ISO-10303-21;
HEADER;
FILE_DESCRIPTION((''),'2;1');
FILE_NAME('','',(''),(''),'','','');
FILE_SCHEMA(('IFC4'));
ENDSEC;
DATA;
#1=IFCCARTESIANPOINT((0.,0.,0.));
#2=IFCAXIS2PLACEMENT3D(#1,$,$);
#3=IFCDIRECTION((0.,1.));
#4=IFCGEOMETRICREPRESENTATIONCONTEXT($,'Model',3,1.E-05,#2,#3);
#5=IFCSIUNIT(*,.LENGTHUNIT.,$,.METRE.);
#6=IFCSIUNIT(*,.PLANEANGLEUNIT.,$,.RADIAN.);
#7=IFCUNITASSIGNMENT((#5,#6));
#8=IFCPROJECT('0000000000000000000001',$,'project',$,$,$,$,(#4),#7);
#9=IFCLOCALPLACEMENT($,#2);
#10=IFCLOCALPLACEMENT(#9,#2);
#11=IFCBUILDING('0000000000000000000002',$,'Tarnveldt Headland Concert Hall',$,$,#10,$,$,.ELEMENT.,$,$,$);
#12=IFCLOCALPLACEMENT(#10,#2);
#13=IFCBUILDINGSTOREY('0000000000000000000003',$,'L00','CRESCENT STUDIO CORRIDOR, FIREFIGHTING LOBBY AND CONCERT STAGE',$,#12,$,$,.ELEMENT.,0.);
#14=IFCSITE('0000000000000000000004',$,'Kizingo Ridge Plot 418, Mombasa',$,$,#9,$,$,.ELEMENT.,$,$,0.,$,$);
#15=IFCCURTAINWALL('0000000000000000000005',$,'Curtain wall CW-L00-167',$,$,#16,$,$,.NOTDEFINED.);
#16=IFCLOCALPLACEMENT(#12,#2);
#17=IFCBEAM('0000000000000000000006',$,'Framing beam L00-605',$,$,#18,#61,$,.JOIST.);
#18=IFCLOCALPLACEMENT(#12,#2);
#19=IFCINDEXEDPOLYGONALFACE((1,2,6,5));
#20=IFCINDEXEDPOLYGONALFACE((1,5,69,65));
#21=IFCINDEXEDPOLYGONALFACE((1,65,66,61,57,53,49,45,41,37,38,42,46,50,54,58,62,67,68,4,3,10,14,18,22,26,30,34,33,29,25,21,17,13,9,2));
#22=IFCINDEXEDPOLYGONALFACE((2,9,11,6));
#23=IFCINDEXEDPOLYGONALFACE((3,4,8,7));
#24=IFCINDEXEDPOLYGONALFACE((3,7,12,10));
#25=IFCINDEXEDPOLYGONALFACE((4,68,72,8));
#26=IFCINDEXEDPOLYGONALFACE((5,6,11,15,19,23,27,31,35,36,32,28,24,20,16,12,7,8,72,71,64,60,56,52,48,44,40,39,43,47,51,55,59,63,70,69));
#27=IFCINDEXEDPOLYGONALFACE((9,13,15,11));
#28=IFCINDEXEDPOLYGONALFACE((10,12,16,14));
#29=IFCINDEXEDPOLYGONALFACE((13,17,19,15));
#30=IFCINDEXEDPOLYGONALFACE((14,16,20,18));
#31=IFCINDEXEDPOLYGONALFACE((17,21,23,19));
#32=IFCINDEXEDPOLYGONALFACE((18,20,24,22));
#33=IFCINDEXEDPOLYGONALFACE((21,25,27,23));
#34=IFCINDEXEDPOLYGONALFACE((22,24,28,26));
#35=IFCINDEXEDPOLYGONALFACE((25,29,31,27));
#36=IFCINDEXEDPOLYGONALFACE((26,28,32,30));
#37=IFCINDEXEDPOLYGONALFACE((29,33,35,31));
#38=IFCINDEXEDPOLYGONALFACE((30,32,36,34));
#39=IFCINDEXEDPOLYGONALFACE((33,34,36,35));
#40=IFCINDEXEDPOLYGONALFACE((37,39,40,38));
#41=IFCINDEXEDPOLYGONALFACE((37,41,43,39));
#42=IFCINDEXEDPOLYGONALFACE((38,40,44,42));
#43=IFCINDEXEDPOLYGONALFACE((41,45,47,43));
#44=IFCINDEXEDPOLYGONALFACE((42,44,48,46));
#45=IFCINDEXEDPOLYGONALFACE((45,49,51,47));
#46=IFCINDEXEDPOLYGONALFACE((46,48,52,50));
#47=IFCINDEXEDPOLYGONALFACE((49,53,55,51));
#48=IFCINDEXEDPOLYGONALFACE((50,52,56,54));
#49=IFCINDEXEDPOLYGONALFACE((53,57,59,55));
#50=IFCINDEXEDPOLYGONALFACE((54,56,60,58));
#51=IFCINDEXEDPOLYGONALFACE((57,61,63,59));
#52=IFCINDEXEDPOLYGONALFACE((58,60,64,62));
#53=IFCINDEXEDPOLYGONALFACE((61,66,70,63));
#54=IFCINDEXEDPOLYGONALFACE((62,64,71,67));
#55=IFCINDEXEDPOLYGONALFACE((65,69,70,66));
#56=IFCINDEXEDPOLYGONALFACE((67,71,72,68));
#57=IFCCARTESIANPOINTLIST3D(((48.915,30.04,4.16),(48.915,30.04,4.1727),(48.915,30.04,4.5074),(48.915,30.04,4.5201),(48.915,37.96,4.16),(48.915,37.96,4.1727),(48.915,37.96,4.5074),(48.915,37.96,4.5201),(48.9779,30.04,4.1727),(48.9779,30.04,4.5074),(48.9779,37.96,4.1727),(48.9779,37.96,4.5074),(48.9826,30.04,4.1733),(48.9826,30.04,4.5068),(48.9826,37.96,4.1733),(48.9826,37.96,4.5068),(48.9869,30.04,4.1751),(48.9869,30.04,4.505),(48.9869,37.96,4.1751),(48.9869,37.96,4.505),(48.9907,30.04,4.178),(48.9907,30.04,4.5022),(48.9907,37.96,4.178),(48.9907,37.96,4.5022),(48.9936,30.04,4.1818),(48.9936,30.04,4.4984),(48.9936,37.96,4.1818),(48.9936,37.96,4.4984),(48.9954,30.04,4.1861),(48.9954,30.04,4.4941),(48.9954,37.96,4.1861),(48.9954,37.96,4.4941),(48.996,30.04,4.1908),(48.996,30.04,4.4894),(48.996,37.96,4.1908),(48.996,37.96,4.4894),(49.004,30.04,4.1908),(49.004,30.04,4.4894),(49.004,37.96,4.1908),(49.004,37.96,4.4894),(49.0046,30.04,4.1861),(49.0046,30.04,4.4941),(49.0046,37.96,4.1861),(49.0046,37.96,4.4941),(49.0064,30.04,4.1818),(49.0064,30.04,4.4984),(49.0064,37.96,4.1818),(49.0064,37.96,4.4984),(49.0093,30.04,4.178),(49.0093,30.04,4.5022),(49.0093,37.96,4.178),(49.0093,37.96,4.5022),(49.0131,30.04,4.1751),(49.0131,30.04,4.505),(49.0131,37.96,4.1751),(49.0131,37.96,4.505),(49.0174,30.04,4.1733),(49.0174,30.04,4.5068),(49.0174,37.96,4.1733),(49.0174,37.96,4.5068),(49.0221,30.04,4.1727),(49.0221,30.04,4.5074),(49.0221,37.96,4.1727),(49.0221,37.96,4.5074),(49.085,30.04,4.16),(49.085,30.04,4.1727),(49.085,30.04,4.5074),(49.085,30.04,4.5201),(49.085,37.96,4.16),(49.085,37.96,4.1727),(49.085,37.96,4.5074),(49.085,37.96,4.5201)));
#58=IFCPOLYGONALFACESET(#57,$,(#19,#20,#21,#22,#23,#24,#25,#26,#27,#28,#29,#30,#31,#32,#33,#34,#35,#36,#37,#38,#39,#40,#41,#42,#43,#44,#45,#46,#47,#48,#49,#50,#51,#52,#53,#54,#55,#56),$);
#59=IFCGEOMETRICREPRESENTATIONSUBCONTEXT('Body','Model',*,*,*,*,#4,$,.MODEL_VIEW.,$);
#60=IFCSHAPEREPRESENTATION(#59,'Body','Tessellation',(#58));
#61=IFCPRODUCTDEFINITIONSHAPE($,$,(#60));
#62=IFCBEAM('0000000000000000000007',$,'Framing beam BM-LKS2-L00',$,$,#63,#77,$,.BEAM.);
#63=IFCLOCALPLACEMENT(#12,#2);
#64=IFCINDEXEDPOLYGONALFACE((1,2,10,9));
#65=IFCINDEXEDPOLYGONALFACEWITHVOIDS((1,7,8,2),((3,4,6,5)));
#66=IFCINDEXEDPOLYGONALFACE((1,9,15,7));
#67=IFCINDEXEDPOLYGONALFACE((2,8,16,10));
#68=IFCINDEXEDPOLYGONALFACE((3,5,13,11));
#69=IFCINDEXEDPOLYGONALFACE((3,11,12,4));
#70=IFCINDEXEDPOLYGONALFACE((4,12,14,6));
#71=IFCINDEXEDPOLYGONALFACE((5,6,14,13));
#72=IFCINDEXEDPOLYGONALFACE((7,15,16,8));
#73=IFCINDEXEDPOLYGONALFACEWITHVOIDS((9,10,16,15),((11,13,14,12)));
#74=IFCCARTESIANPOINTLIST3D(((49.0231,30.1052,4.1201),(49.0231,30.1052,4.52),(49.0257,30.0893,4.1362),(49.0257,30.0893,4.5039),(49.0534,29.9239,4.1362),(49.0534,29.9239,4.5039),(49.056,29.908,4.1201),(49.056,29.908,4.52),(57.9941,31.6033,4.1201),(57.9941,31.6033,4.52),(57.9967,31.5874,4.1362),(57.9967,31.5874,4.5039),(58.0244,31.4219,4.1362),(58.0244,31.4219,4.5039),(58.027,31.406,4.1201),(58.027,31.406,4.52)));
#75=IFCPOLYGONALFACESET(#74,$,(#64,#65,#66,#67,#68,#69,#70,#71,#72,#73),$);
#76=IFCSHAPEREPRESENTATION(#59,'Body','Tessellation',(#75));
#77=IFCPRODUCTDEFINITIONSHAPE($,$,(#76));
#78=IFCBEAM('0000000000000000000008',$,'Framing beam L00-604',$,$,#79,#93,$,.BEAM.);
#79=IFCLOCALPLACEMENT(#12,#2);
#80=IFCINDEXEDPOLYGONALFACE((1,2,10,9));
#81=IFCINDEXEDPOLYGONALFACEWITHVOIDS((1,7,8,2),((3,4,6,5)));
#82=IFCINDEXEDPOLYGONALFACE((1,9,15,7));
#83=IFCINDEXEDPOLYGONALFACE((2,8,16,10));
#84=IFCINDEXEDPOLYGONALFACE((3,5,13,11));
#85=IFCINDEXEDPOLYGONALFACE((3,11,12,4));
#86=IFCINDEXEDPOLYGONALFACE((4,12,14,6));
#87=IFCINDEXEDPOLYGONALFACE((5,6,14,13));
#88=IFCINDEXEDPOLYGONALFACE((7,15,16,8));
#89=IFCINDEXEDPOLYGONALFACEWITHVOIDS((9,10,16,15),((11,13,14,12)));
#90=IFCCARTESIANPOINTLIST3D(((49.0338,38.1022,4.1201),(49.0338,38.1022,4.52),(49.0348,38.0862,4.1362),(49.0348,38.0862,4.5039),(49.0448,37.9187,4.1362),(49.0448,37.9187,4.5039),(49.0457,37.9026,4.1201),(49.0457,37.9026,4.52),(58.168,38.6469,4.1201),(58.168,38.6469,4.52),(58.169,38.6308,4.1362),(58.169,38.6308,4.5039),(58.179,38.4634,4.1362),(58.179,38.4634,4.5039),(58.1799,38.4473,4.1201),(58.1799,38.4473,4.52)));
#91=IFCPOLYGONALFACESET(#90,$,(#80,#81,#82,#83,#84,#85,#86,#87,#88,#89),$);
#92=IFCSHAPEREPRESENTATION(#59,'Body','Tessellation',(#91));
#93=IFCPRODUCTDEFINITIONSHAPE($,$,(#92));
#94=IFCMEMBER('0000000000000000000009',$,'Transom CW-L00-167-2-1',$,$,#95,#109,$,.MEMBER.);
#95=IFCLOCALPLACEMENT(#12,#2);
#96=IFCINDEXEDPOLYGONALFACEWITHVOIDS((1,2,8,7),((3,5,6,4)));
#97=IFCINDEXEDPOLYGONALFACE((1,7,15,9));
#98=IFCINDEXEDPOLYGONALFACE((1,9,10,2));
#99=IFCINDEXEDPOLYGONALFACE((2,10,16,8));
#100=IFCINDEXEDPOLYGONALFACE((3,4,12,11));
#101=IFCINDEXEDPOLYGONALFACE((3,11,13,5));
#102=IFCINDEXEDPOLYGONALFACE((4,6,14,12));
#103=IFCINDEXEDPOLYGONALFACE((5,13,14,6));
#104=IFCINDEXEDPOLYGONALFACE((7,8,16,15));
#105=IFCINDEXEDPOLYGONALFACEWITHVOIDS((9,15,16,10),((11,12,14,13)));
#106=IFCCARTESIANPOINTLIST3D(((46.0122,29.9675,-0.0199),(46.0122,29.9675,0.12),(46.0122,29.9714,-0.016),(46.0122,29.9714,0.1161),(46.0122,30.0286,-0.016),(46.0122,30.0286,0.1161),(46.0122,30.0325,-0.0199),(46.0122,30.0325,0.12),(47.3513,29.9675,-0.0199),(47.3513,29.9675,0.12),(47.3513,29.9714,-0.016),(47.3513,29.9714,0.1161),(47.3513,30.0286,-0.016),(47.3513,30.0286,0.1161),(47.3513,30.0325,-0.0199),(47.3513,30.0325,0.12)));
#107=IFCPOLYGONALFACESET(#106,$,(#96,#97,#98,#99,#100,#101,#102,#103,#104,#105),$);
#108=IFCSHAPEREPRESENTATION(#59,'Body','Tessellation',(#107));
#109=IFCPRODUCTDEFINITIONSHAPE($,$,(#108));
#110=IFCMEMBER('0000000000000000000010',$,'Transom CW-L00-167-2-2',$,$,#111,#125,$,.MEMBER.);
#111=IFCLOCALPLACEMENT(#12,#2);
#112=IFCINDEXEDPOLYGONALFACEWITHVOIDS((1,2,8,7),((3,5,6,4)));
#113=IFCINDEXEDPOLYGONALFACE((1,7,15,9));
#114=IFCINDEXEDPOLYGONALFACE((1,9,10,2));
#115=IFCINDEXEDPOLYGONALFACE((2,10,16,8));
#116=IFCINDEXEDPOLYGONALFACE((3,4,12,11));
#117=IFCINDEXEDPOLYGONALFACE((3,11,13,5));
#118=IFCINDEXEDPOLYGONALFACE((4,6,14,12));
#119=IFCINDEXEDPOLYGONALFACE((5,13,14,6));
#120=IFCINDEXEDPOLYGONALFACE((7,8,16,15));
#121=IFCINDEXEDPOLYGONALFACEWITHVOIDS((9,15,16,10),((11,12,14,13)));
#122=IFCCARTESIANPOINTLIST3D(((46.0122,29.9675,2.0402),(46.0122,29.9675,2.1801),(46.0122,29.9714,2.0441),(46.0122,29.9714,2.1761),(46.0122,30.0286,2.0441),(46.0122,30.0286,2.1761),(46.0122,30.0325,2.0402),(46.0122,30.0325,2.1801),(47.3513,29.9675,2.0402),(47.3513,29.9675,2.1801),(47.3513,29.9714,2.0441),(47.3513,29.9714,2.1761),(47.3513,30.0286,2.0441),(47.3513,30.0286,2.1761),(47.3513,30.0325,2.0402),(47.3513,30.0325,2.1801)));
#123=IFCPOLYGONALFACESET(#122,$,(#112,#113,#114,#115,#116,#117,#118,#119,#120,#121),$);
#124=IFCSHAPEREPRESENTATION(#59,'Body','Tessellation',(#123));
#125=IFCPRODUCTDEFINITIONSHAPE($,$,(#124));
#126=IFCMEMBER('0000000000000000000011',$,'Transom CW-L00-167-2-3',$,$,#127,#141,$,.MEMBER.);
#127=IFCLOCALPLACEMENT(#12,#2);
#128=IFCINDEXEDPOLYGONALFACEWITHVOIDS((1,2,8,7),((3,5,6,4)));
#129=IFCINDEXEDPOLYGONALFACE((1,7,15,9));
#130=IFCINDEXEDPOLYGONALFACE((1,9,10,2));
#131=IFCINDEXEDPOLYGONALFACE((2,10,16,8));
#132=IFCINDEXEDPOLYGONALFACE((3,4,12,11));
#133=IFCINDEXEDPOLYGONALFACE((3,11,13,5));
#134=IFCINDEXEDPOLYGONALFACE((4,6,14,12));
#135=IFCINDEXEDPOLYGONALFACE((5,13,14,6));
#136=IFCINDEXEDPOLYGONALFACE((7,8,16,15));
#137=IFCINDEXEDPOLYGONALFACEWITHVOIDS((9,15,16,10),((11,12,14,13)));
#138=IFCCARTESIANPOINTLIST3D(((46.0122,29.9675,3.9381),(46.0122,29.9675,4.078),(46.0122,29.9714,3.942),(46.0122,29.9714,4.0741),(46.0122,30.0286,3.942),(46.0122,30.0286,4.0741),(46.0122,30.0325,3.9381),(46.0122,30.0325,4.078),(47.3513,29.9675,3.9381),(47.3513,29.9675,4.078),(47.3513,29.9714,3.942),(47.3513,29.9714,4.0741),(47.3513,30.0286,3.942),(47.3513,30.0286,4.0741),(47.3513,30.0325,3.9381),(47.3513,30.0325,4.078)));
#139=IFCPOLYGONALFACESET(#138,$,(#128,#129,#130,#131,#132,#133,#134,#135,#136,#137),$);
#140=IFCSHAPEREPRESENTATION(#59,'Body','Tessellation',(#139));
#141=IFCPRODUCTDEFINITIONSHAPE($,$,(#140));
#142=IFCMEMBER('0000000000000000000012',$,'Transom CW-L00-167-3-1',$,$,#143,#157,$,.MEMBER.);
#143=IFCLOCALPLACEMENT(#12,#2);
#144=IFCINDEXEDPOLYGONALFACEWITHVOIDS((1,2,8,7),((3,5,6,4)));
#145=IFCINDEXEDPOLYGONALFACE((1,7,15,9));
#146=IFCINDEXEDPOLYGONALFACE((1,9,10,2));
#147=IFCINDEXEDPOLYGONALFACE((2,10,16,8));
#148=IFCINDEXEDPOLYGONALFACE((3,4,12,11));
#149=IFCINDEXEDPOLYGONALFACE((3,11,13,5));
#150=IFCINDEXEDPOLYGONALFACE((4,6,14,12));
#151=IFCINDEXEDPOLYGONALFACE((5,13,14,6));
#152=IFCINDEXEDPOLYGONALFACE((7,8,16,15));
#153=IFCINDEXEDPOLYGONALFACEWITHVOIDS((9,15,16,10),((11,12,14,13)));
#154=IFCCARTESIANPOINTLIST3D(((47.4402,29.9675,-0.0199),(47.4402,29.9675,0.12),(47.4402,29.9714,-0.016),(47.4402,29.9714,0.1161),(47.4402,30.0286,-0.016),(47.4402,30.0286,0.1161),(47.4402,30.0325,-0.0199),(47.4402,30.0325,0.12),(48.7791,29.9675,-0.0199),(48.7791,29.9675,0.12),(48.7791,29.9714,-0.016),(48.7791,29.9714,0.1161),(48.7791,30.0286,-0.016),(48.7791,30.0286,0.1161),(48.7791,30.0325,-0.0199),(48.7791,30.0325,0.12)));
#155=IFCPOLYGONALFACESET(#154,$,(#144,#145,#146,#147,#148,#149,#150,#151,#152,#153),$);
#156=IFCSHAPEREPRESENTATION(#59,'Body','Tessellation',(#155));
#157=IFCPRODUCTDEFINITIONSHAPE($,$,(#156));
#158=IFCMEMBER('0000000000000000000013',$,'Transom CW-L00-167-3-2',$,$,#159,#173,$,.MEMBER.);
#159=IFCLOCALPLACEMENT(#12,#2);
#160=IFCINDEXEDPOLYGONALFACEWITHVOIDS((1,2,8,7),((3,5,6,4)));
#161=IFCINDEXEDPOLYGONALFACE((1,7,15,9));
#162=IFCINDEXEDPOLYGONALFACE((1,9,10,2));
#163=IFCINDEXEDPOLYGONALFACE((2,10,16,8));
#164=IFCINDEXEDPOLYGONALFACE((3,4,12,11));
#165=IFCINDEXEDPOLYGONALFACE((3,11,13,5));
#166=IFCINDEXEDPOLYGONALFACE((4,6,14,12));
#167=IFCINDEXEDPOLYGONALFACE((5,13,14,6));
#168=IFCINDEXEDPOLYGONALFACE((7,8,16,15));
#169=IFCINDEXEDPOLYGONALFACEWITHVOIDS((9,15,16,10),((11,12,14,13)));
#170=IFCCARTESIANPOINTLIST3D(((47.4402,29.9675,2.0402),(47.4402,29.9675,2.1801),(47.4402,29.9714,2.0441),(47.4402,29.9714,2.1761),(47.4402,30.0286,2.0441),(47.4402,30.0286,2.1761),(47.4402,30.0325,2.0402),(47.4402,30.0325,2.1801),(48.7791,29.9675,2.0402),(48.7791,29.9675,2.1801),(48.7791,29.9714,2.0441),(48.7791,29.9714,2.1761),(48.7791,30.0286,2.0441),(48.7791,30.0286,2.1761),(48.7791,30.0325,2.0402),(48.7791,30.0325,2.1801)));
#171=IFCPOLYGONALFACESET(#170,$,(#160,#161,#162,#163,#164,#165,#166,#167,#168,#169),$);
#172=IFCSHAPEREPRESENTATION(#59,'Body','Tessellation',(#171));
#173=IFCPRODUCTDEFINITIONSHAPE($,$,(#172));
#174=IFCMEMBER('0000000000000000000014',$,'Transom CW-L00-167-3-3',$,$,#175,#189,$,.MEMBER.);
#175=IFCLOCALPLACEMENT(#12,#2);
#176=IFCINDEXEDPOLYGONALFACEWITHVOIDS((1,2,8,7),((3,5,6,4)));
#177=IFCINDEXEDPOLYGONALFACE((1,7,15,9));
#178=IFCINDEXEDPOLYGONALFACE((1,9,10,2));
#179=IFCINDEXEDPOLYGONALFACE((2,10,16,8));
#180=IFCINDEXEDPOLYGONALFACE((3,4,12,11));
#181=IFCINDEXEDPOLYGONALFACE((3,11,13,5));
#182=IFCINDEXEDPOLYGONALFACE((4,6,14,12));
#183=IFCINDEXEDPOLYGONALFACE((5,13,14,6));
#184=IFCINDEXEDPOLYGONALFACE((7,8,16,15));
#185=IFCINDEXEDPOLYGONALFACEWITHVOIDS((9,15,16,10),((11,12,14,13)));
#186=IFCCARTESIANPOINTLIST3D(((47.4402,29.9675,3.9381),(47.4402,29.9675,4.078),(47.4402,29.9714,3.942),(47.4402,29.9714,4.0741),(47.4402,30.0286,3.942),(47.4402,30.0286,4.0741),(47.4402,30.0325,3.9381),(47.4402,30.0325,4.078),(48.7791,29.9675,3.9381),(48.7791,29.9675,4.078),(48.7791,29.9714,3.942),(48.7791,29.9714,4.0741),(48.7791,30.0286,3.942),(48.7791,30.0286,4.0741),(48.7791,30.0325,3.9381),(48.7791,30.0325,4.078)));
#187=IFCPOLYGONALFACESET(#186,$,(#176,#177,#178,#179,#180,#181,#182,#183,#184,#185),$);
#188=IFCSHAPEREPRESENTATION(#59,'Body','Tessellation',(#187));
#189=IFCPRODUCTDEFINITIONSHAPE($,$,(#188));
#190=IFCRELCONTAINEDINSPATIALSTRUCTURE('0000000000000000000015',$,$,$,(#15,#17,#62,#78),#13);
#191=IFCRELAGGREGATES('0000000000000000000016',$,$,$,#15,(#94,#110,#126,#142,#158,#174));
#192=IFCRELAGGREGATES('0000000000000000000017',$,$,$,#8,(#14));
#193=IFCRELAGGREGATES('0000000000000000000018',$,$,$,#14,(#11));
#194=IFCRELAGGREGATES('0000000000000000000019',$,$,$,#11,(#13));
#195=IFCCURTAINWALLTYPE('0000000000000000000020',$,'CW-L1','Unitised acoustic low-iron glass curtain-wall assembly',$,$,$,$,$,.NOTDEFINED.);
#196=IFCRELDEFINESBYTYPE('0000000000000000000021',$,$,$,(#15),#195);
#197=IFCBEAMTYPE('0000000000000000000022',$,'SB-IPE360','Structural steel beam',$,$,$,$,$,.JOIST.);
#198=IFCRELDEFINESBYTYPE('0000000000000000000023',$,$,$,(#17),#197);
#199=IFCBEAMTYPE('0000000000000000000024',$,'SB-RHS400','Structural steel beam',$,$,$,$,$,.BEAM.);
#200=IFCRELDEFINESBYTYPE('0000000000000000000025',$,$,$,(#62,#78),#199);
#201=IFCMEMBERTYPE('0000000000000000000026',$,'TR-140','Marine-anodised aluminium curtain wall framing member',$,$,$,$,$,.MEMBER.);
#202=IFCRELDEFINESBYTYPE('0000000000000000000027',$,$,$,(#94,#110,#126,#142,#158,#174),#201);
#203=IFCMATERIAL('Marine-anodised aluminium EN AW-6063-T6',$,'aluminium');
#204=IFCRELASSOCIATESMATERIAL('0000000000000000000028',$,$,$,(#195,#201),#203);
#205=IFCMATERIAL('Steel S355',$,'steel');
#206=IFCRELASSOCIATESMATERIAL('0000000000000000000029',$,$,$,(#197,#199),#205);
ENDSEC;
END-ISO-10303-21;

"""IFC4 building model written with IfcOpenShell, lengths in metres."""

from ifc_helpers import new_model, si_unit, direction, frame, origin, origin_2d, place, context, subcontext, project, spatial, hollow_rectangle, i_section, extrude, material, material_profile, profile_set, type_object, element, aggregate, save


model = new_model("IFC4")

# Units and contexts
model_context = context("Model", 3, precision=1e-05, world=origin(), true_north=direction((0.0, 1.0)))
body_context = subcontext(model_context, "Body", "Model", "MODEL_VIEW")
ifc_project = project(units=[si_unit("LENGTHUNIT", "METRE"), si_unit("PLANEANGLEUNIT", "RADIAN")], contexts=[model_context])

# Site, building, storey
site_placement = place(None, origin())
site = spatial("IfcSite", under=ifc_project, at=site_placement, Name="Kizingo Ridge Plot 418, Mombasa", CompositionType="ELEMENT", RefElevation=0.0)
building_placement = place(site_placement, origin())
building = spatial("IfcBuilding", under=site, at=building_placement, Name="Tarnveldt Headland Concert Hall", CompositionType="ELEMENT")
storey_placement = place(building_placement, origin())
storey = spatial("IfcBuildingStorey", under=building, at=storey_placement, Name="L00", Description="CRESCENT STUDIO CORRIDOR, FIREFIGHTING LOBBY AND CONCERT STAGE", CompositionType="ELEMENT", Elevation=0.0)

# Shared definitions
ifc_material_1 = material(Name="Steel S355", Category="steel")

# Curtain wall
ifc_material_2 = material(Name="Marine-anodised aluminium EN AW-6063-T6", Category="aluminium")
curtain_wall_type = type_object("IfcCurtainWallType", Name="CW-L1", Description="Unitised acoustic low-iron glass curtain-wall assembly", PredefinedType="NOTDEFINED", material=ifc_material_2)
curtain_wall_1_placement = place(storey_placement, origin())
curtain_wall_1 = element("IfcCurtainWall", 1, at=curtain_wall_1_placement, inside=storey, type_object=curtain_wall_type, Name="Curtain wall CW-L00-167", PredefinedType="NOTDEFINED")

# Beams
ifc_material_profile_1 = material_profile(ifc_material_1, i_section(OverallWidth=0.1699, OverallDepth=0.3601, WebThickness=0.0081, FlangeThickness=0.0127, FilletRadius=0.0181, at=origin_2d()), Name="IPE360", Category="steel")
ifc_profile_set_1 = profile_set([ifc_material_profile_1], Name="Steel S355")
beam_type_1 = type_object("IfcBeamType", Name="SB-IPE360", Description="Structural steel beam", PredefinedType="JOIST", material=ifc_profile_set_1)
beam_1_placement = place(storey_placement, frame((49.0, 30.04, 4.3401), z_axis=(0.0, 1.0, 0.0), x_axis=(-1.0, 0.0, 0.0)))
element("IfcBeam", 2, at=beam_1_placement, inside=storey, type_object=beam_type_1, Name="Framing beam L00-605", PredefinedType="JOIST", context=body_context, shape_type="SweptSolid", body=[
    extrude(i_section(OverallWidth=0.1699, OverallDepth=0.3601, WebThickness=0.0081, FlangeThickness=0.0127, FilletRadius=0.0181, at=origin_2d()), origin(), (0.0, 0.0, 1.0), 7.9199),
])
ifc_material_profile_2 = material_profile(ifc_material_1, hollow_rectangle(XDim=0.2, YDim=0.3999, WallThickness=0.0161, at=origin_2d()), Name="RHS 400x200x16", Category="steel")
ifc_profile_set_2 = profile_set([ifc_material_profile_2], Name="Steel S355")
beam_type_2 = type_object("IfcBeamType", Name="SB-RHS400", Description="Structural steel beam", PredefinedType="BEAM", material=ifc_profile_set_2)
beam_2_placement = place(storey_placement, frame((49.0396, 30.0066, 4.3201), z_axis=(0.986342, 0.164708, 0.0), x_axis=(-0.164708, 0.986342, 0.0)))
element("IfcBeam", 3, at=beam_2_placement, inside=storey, type_object=beam_type_2, Name="Framing beam BM-LKS2-L00", PredefinedType="BEAM", context=body_context, shape_type="SweptSolid", body=[
    extrude(hollow_rectangle(XDim=0.2, YDim=0.3999, WallThickness=0.0161, at=origin_2d()), origin(), (0.0, 0.0, 1.0), 9.0952),
])
beam_3_placement = place(storey_placement, frame((49.0398, 38.0024, 4.3201), z_axis=(0.998227, 0.059524, 0.0), x_axis=(-0.059524, 0.998227, 0.0)))
element("IfcBeam", 4, at=beam_3_placement, inside=storey, type_object=beam_type_2, Name="Framing beam L00-604", PredefinedType="BEAM", context=body_context, shape_type="SweptSolid", body=[
    extrude(hollow_rectangle(XDim=0.2, YDim=0.3999, WallThickness=0.0161, at=origin_2d()), origin(), (0.0, 0.0, 1.0), 9.1504),
])

# Members
ifc_material_profile_3 = material_profile(ifc_material_2, hollow_rectangle(XDim=0.0649, YDim=0.1399, WallThickness=0.0039, at=origin_2d()), Name="ALU TRANSOM 65x140x4", Category="aluminium")
ifc_profile_set_3 = profile_set([ifc_material_profile_3], Name="Marine-anodised aluminium EN AW-6063-T6")
member_type_1 = type_object("IfcMemberType", Name="TR-140", Description="Marine-anodised aluminium curtain wall framing member", PredefinedType="MEMBER", material=ifc_profile_set_3)
member_1_placement = place(storey_placement, frame((46.0122, 30.0, 0.05), z_axis=(1.0, 0.0, 0.0), x_axis=(0.0, 1.0, 0.0)))
member_1 = element("IfcMember", 5, at=member_1_placement, type_object=member_type_1, Name="Transom CW-L00-167-2-1", PredefinedType="MEMBER", context=body_context, shape_type="SweptSolid", body=[
    extrude(hollow_rectangle(XDim=0.0649, YDim=0.1399, WallThickness=0.0039, at=origin_2d()), origin(), (0.0, 0.0, 1.0), 1.3391),
])
member_2_placement = place(storey_placement, frame((46.0122, 30.0, 2.1101), z_axis=(1.0, 0.0, 0.0), x_axis=(0.0, 1.0, 0.0)))
member_2 = element("IfcMember", 6, at=member_2_placement, type_object=member_type_1, Name="Transom CW-L00-167-2-2", PredefinedType="MEMBER", context=body_context, shape_type="SweptSolid", body=[
    extrude(hollow_rectangle(XDim=0.0649, YDim=0.1399, WallThickness=0.0039, at=origin_2d()), origin(), (0.0, 0.0, 1.0), 1.3391),
])
member_3_placement = place(storey_placement, frame((46.0122, 30.0, 4.0081), z_axis=(1.0, 0.0, 0.0), x_axis=(0.0, 1.0, 0.0)))
member_3 = element("IfcMember", 7, at=member_3_placement, type_object=member_type_1, Name="Transom CW-L00-167-2-3", PredefinedType="MEMBER", context=body_context, shape_type="SweptSolid", body=[
    extrude(hollow_rectangle(XDim=0.0649, YDim=0.1399, WallThickness=0.0039, at=origin_2d()), origin(), (0.0, 0.0, 1.0), 1.3391),
])
member_4_placement = place(storey_placement, frame((47.4402, 30.0, 0.05), z_axis=(1.0, 0.0, 0.0), x_axis=(0.0, 1.0, 0.0)))
member_4 = element("IfcMember", 8, at=member_4_placement, type_object=member_type_1, Name="Transom CW-L00-167-3-1", PredefinedType="MEMBER", context=body_context, shape_type="SweptSolid", body=[
    extrude(hollow_rectangle(XDim=0.0649, YDim=0.1399, WallThickness=0.0039, at=origin_2d()), origin(), (0.0, 0.0, 1.0), 1.3389),
])
member_5_placement = place(storey_placement, frame((47.4402, 30.0, 2.1101), z_axis=(1.0, 0.0, 0.0), x_axis=(0.0, 1.0, 0.0)))
member_5 = element("IfcMember", 9, at=member_5_placement, type_object=member_type_1, Name="Transom CW-L00-167-3-2", PredefinedType="MEMBER", context=body_context, shape_type="SweptSolid", body=[
    extrude(hollow_rectangle(XDim=0.0649, YDim=0.1399, WallThickness=0.0039, at=origin_2d()), origin(), (0.0, 0.0, 1.0), 1.3389),
])
member_6_placement = place(storey_placement, frame((47.4402, 30.0, 4.0081), z_axis=(1.0, 0.0, 0.0), x_axis=(0.0, 1.0, 0.0)))
member_6 = element("IfcMember", 10, at=member_6_placement, type_object=member_type_1, Name="Transom CW-L00-167-3-3", PredefinedType="MEMBER", context=body_context, shape_type="SweptSolid", body=[
    extrude(hollow_rectangle(XDim=0.0649, YDim=0.1399, WallThickness=0.0039, at=origin_2d()), origin(), (0.0, 0.0, 1.0), 1.3389),
])

aggregate(curtain_wall_1, [member_1, member_2, member_3, member_4, member_5, member_6])

save(model, "model.ifc")
